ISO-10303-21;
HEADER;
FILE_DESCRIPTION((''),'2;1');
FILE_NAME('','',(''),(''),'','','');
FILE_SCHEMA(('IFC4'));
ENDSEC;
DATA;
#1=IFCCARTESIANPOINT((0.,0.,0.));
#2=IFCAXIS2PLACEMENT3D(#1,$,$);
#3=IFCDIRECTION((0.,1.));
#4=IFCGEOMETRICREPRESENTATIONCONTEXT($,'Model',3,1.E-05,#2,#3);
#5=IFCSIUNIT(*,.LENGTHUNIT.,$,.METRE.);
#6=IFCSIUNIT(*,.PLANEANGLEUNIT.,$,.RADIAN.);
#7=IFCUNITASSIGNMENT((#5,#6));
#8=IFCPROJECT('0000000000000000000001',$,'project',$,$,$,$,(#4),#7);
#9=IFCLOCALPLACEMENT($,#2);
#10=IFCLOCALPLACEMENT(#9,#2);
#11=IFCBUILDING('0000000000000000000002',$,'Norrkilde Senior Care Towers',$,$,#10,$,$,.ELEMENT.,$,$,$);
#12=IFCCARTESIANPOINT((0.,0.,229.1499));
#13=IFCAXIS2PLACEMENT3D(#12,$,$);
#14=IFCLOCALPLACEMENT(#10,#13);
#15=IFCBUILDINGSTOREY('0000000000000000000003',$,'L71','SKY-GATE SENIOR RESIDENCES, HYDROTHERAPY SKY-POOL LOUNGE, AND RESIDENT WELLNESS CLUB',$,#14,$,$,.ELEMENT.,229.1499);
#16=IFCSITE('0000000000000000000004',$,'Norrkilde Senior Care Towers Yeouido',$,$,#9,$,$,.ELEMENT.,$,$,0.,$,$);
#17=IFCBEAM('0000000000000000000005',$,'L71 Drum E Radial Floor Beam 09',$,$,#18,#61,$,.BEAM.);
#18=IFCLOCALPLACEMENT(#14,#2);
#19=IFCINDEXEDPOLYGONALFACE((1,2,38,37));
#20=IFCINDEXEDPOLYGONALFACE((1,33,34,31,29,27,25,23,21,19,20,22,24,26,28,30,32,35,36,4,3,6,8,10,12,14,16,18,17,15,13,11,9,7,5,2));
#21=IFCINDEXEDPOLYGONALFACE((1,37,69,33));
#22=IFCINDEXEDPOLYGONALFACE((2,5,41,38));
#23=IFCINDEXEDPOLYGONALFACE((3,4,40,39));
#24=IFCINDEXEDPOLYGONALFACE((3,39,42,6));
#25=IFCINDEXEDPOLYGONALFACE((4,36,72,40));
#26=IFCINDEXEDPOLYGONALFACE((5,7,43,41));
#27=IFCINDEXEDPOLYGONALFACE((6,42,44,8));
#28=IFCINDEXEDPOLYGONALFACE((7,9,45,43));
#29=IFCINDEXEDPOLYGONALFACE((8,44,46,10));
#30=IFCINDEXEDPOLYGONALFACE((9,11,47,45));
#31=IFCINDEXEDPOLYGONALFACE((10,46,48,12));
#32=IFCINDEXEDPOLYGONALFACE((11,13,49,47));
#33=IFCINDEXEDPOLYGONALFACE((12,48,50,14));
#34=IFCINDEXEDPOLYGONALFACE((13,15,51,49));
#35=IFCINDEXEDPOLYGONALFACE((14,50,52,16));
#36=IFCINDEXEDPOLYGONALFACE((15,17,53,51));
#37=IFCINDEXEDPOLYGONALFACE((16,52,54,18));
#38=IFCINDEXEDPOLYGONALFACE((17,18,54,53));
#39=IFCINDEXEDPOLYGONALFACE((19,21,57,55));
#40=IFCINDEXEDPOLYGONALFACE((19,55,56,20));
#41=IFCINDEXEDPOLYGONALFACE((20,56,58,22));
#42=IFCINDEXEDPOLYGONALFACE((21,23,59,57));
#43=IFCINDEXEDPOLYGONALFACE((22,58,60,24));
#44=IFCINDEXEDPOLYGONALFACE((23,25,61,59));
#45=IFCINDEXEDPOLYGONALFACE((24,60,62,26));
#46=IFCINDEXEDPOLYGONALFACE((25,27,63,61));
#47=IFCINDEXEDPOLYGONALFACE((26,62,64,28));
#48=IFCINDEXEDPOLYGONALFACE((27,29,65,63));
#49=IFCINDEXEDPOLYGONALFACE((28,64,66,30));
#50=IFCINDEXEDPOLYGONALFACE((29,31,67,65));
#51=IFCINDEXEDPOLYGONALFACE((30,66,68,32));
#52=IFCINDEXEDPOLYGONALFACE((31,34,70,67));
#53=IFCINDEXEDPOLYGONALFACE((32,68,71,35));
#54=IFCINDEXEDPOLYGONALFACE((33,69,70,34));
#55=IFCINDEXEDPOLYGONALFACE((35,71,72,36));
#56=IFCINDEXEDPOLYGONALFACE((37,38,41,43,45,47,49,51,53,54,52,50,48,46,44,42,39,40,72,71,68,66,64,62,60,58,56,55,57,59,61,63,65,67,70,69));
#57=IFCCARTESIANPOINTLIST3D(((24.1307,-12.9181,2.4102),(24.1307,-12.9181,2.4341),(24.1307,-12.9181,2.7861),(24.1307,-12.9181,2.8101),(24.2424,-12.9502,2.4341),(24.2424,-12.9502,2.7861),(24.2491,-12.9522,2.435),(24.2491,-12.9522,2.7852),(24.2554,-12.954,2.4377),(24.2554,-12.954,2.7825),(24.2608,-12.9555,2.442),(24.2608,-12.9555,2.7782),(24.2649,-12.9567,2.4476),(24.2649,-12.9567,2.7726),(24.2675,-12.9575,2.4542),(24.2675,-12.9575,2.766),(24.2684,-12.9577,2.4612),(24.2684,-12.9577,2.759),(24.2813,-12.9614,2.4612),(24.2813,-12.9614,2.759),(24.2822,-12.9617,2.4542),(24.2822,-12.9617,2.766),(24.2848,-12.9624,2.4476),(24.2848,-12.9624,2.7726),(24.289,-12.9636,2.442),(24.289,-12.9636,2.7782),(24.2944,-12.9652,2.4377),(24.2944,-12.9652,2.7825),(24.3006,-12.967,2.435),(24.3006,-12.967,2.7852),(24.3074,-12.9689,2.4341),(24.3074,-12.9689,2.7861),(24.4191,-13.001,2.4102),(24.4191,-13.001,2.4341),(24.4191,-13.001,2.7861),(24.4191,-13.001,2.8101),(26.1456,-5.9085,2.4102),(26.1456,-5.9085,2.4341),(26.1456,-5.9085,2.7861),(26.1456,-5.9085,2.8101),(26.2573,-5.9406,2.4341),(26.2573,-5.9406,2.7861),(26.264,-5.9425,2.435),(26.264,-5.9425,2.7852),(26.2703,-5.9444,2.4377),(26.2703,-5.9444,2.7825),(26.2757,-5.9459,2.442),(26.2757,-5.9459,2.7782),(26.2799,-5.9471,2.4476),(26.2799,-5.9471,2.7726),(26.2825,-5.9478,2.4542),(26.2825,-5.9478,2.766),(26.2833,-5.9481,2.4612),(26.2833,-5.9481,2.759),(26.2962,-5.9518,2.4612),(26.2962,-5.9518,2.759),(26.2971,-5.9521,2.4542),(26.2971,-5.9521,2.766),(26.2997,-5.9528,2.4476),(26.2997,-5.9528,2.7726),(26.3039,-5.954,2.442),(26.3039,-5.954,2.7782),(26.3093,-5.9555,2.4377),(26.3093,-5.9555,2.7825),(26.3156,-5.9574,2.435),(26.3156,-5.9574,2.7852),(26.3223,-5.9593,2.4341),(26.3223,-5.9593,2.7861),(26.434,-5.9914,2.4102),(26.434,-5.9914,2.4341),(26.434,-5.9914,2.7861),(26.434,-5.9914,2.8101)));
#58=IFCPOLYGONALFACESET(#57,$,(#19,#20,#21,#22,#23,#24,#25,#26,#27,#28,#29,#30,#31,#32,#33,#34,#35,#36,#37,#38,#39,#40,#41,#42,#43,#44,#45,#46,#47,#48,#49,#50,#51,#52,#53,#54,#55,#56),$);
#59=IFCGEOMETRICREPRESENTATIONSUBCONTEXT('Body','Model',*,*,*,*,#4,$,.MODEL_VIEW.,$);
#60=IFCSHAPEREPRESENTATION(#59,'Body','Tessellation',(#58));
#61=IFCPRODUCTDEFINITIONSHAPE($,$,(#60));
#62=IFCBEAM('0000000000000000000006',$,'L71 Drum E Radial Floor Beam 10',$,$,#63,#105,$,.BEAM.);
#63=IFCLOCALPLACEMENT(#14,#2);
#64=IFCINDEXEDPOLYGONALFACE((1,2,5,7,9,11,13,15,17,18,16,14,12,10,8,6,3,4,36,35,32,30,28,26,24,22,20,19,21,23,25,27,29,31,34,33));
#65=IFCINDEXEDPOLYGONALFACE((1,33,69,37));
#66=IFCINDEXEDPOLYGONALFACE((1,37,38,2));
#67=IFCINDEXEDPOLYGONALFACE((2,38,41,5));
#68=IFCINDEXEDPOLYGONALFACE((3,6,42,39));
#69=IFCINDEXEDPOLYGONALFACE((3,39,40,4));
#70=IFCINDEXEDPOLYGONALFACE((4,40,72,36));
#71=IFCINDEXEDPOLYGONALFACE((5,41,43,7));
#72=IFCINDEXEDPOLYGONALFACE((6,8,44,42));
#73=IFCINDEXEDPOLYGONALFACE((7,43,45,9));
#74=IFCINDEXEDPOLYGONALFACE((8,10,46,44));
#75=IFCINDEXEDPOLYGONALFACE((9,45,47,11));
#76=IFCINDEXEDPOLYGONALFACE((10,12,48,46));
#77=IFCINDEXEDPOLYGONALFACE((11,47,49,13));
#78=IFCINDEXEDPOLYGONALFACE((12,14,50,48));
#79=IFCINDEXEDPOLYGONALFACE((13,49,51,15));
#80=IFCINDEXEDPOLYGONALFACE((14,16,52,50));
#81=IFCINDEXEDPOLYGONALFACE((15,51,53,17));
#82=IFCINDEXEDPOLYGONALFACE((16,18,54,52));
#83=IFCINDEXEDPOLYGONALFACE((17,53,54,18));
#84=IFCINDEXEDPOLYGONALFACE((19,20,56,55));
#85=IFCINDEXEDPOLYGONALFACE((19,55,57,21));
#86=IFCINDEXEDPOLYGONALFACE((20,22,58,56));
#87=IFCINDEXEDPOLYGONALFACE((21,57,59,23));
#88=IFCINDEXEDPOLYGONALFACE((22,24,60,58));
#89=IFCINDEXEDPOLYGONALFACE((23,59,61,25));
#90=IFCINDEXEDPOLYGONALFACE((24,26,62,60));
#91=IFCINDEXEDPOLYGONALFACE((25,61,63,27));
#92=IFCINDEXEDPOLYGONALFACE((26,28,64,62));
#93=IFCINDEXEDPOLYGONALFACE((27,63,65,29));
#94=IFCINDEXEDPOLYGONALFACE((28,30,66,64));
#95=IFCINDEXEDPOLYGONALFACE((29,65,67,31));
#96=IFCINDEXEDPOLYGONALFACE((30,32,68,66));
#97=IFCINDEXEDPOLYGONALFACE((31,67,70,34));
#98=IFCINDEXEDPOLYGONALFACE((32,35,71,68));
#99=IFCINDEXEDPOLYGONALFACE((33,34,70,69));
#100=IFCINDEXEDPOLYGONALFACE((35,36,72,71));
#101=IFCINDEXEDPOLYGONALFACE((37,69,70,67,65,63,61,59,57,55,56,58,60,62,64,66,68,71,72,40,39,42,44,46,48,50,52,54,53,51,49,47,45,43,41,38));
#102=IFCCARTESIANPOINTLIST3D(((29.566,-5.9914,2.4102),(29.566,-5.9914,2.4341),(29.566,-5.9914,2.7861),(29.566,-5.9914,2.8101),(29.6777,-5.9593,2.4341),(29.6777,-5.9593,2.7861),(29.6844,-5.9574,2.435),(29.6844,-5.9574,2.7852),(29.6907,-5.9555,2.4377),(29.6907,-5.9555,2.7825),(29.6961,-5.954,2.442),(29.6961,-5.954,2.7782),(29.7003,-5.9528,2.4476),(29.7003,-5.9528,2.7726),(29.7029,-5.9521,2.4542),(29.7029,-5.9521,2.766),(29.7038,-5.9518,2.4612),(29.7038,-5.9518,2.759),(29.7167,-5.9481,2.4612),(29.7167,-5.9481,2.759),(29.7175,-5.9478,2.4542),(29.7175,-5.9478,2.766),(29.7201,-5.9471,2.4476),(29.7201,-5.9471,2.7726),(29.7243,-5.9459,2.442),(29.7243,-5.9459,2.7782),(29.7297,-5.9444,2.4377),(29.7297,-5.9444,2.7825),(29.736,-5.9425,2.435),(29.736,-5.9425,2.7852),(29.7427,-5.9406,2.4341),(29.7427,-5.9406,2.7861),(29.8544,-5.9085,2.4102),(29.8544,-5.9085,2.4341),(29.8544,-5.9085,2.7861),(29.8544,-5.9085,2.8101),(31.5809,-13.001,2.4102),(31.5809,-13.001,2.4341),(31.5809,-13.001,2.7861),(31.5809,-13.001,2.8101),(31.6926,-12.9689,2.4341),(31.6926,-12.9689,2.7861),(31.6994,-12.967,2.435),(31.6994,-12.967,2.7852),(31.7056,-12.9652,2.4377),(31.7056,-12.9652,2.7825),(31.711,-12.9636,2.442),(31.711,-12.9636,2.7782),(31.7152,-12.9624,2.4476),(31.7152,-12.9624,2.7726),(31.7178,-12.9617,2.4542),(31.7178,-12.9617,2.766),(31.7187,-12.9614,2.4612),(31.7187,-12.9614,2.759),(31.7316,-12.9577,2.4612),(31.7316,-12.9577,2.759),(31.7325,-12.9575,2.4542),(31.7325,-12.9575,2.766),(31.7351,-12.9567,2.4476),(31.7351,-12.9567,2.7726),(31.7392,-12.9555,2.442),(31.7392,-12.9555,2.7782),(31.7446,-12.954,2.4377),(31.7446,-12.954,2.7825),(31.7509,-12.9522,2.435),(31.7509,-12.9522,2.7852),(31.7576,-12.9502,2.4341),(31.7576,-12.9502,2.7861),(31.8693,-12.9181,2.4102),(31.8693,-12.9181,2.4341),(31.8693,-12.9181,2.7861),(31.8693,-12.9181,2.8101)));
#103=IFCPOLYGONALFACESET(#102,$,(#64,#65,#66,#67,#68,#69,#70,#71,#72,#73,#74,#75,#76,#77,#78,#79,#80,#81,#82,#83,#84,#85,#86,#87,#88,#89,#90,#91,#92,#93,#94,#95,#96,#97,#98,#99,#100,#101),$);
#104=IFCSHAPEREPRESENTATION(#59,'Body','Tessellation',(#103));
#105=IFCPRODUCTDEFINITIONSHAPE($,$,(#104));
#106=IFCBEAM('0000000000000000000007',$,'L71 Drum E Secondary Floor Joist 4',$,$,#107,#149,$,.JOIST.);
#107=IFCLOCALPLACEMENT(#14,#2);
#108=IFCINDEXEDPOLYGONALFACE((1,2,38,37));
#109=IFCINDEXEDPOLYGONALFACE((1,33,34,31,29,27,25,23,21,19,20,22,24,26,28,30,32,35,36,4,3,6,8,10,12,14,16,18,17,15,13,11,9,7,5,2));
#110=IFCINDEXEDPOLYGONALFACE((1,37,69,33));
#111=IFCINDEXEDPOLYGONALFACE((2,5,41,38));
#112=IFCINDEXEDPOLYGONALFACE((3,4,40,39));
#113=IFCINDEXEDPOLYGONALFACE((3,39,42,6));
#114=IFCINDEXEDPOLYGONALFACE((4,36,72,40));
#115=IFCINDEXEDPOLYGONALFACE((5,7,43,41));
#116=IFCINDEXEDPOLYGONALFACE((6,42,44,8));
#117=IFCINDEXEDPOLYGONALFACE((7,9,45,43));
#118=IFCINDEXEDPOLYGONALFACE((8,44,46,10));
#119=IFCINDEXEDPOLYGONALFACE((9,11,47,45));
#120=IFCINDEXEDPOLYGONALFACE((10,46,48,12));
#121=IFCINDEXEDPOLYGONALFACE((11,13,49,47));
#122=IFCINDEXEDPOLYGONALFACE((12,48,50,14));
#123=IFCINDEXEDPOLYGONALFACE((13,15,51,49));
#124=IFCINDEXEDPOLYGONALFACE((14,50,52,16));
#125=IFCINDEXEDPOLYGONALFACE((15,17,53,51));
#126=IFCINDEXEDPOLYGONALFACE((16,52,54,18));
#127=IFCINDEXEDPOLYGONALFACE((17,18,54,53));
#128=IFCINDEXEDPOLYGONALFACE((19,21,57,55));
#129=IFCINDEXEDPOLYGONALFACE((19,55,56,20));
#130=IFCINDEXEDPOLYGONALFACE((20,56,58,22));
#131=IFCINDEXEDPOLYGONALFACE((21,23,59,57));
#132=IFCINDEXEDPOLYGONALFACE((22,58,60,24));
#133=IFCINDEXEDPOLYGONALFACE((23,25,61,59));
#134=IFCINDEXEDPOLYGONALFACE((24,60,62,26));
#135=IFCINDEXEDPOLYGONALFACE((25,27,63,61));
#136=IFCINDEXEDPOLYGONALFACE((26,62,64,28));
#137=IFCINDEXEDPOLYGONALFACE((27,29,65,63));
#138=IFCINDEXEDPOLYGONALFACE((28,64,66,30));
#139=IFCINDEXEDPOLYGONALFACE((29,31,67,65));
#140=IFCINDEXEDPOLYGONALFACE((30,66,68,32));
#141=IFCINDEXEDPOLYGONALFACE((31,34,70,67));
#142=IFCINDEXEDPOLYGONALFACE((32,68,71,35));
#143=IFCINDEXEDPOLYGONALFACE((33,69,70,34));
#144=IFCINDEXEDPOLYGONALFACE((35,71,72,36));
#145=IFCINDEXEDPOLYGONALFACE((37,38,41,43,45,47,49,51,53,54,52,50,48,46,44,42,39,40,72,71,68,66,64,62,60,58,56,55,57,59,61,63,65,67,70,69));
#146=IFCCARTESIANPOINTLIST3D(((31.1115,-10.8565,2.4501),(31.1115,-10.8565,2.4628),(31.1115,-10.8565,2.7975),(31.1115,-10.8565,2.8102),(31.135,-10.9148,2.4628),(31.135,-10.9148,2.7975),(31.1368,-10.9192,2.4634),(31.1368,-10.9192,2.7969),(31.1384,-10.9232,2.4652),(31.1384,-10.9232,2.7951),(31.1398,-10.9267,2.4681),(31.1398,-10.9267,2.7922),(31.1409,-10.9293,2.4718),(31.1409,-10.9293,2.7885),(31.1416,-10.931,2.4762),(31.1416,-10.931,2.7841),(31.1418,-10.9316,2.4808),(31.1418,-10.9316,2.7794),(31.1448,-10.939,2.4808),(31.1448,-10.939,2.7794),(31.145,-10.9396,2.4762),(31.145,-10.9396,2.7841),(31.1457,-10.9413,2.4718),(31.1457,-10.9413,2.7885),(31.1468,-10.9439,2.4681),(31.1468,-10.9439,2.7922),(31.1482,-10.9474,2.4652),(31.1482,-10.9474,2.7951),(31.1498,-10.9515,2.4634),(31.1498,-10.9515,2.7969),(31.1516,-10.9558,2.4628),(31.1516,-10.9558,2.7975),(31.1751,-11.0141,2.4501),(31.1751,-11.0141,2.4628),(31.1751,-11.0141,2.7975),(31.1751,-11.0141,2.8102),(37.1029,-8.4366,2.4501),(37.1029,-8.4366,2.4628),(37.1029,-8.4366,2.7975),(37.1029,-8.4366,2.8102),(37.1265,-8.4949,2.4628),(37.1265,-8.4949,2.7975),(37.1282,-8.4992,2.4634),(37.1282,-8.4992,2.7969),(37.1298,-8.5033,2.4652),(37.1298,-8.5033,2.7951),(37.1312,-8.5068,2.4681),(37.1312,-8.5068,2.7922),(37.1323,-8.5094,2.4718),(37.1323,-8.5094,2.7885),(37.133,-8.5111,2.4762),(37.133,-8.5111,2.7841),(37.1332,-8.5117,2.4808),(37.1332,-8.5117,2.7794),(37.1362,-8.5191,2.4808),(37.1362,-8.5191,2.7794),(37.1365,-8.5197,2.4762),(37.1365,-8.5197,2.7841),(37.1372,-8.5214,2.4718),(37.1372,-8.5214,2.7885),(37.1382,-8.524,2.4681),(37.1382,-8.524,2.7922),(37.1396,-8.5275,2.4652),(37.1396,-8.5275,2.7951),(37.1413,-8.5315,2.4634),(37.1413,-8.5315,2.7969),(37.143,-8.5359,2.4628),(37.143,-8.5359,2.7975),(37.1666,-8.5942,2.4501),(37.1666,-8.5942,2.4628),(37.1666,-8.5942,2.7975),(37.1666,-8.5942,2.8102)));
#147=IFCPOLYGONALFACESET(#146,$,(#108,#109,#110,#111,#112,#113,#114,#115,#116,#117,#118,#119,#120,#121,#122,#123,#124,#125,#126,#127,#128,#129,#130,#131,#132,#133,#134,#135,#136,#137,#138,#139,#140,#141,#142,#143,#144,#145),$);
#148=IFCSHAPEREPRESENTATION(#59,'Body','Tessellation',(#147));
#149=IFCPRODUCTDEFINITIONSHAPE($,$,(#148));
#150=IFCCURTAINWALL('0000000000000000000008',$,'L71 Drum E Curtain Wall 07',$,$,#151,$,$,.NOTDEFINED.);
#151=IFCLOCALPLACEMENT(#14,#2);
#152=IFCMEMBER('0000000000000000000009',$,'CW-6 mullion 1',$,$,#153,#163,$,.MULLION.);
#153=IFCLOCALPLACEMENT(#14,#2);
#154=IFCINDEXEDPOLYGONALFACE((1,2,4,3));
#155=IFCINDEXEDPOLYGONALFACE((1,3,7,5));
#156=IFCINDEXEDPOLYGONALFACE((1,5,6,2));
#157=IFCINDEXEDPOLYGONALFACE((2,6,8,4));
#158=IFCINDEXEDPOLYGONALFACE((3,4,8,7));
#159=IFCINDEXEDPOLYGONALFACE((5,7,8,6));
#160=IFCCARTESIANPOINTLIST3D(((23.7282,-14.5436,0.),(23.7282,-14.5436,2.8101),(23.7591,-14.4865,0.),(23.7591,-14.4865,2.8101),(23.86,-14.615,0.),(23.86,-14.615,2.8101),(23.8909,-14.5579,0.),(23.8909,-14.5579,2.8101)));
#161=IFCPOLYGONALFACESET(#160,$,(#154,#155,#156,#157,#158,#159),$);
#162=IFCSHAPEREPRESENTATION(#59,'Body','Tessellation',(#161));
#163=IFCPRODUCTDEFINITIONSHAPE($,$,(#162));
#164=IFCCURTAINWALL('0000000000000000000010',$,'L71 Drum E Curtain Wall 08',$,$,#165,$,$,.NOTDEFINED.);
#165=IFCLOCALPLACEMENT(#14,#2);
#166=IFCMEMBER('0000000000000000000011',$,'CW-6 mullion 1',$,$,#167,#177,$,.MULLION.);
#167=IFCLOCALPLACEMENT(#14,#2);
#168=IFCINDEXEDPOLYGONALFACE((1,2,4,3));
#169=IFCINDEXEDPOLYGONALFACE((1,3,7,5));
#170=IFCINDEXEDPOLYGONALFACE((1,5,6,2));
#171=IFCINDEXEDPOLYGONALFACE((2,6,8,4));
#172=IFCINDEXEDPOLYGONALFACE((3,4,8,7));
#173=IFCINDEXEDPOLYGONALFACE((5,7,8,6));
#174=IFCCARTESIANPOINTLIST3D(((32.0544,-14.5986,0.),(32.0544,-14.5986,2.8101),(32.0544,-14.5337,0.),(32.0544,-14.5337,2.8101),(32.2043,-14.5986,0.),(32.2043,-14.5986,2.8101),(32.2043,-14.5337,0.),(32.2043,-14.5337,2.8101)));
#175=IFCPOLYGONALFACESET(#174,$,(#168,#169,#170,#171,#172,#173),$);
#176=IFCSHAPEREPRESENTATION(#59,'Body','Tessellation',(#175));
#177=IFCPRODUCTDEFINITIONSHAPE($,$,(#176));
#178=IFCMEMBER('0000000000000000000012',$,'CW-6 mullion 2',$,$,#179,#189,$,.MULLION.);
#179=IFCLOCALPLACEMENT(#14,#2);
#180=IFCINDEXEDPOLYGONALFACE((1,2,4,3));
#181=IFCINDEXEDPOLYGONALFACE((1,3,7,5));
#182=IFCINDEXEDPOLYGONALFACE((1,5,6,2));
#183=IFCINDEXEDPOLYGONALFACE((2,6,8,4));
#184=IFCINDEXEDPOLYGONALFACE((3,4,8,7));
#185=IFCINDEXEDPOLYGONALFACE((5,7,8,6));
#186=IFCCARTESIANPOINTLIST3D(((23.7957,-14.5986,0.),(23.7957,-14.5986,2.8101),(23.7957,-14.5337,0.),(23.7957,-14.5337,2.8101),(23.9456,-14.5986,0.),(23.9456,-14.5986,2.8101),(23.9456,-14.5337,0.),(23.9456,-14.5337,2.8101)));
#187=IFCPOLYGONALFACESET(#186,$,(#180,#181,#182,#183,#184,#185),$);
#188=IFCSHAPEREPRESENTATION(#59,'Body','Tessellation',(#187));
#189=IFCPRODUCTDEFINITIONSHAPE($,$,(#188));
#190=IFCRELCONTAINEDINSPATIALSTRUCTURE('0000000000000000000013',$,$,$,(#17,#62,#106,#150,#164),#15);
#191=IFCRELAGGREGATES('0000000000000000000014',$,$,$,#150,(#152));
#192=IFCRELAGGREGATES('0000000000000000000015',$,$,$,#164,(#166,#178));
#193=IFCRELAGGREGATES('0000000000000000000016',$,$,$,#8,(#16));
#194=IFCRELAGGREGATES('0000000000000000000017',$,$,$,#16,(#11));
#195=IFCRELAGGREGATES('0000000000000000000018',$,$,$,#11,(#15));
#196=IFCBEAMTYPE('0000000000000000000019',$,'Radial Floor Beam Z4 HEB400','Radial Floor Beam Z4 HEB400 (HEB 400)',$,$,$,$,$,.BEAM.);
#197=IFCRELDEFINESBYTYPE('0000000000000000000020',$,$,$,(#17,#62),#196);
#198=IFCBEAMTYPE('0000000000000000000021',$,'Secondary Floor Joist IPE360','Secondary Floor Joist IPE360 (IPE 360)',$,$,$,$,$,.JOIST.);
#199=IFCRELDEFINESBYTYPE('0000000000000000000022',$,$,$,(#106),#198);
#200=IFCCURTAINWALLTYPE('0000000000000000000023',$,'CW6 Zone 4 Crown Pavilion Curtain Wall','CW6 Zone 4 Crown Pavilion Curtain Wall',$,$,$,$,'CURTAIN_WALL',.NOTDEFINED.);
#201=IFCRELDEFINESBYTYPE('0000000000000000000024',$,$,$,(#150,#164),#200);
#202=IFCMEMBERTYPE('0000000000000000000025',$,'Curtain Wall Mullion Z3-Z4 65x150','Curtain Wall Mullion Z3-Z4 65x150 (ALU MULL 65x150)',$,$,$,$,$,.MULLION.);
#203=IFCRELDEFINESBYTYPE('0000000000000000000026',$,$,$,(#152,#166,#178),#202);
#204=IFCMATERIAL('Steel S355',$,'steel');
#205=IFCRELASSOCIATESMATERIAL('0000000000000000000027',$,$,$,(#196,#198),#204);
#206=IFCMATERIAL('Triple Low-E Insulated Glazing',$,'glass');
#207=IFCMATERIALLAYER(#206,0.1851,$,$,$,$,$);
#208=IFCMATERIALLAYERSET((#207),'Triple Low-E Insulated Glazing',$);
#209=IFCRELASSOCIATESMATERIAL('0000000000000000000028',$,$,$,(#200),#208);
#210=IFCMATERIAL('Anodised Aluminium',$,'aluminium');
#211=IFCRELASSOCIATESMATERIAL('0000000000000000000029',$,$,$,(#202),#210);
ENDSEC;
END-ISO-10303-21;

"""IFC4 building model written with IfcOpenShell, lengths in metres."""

from ifc_helpers import new_model, si_unit, direction, frame, origin, origin_2d, place, context, subcontext, project, spatial, rectangle, i_section, extrude, source, transform, mapped, material, layer, layer_set, material_profile, profile_set, type_object, type_shapes, element, aggregate, save


model = new_model("IFC4")

# Units and contexts
model_context = context("Model", 3, precision=1e-05, world=origin(), true_north=direction((0.0, 1.0)))
body_context = subcontext(model_context, "Body", "Model", "MODEL_VIEW")
ifc_project = project(units=[si_unit("LENGTHUNIT", "METRE"), si_unit("PLANEANGLEUNIT", "RADIAN")], contexts=[model_context])

# Site, building, storey
site_placement = place(None, origin())
site = spatial("IfcSite", under=ifc_project, at=site_placement, Name="Norrkilde Senior Care Towers Yeouido", CompositionType="ELEMENT", RefElevation=0.0)
building_placement = place(site_placement, origin())
building = spatial("IfcBuilding", under=site, at=building_placement, Name="Norrkilde Senior Care Towers", CompositionType="ELEMENT")
storey_placement = place(building_placement, frame((0.0, 0.0, 229.1499)))
storey = spatial("IfcBuildingStorey", under=building, at=storey_placement, Name="L71", Description="SKY-GATE SENIOR RESIDENCES, HYDROTHERAPY SKY-POOL LOUNGE, AND RESIDENT WELLNESS CLUB", CompositionType="ELEMENT", Elevation=229.1499)

# Beams
ifc_material_1 = material(Name="Steel S355", Category="steel")
ifc_material_profile_1 = material_profile(ifc_material_1, i_section(OverallWidth=0.3, OverallDepth=0.3999, WebThickness=0.0134, FlangeThickness=0.0239, FilletRadius=0.0271, at=origin_2d()), Name="HEB 400")
ifc_profile_set_1 = profile_set([ifc_material_profile_1], Name="Steel S355")
beam_type_1 = type_object("IfcBeamType", Name="Radial Floor Beam Z4 HEB400", Description="Radial Floor Beam Z4 HEB400 (HEB 400)", PredefinedType="BEAM", material=ifc_profile_set_1)
shared_shape_1 = source(origin(), body_context, "Body", "SweptSolid", [
    extrude(i_section(OverallWidth=0.3, OverallDepth=0.3999, WebThickness=0.0134, FlangeThickness=0.0239, FilletRadius=0.0271, at=origin_2d()), origin(), (0.0, 0.0, 1.0), 7.2935),
])
type_shapes(beam_type_1, [shared_shape_1])
for number, where, z_axis, x_axis, name in (
    (1, (26.2898, -5.95, 2.6101), (-0.276264, -0.961082, 0.0), (0.961082, -0.276264, 0.0), "L71 Drum E Radial Floor Beam 09"),
    (2, (29.7102, -5.95, 2.6101), (0.276264, -0.961082, 0.0), (0.961082, 0.276264, 0.0), "L71 Drum E Radial Floor Beam 10"),
):
    element("IfcBeam", number, at=place(storey_placement, frame(where, z_axis=z_axis, x_axis=x_axis)), inside=storey, type_object=beam_type_1, Name=name, PredefinedType="BEAM", context=body_context, shape_type="MappedRepresentation", body=[
        mapped(shared_shape_1, transform((0.0, 0.0, 0.0), x_axis=(1.0, 0.0, 0.0), y_axis=(0.0, 1.0, 0.0), z_axis=(0.0, 0.0, 1.0), scale=1.0)),
    ])
ifc_material_profile_2 = material_profile(ifc_material_1, i_section(OverallWidth=0.1699, OverallDepth=0.3601, WebThickness=0.0081, FlangeThickness=0.0127, FilletRadius=0.0181, at=origin_2d()), Name="IPE 360")
ifc_profile_set_2 = profile_set([ifc_material_profile_2], Name="Steel S355")
beam_type_2 = type_object("IfcBeamType", Name="Secondary Floor Joist IPE360", Description="Secondary Floor Joist IPE360 (IPE 360)", PredefinedType="JOIST", material=ifc_profile_set_2)
shared_shape_2 = source(origin(), body_context, "Body", "SweptSolid", [
    extrude(i_section(OverallWidth=0.1699, OverallDepth=0.3601, WebThickness=0.0081, FlangeThickness=0.0127, FilletRadius=0.0181, at=origin_2d()), origin(), (0.0, 0.0, 1.0), 6.4617),
])
type_shapes(beam_type_2, [shared_shape_2])
beam_1_placement = place(storey_placement, frame((31.1433, -10.9353, 2.6301), z_axis=(0.927226, 0.374502, 0.0), x_axis=(-0.374502, 0.927226, 0.0)))
element("IfcBeam", 3, at=beam_1_placement, inside=storey, type_object=beam_type_2, Name="L71 Drum E Secondary Floor Joist 4", PredefinedType="JOIST", context=body_context, shape_type="MappedRepresentation", body=[
    mapped(shared_shape_2, transform((0.0, 0.0, 0.0), x_axis=(1.0, 0.0, 0.0), y_axis=(0.0, 1.0, 0.0), z_axis=(0.0, 0.0, 1.0), scale=1.0)),
])

# Curtain wall, member
ifc_material_2 = material(Name="Triple Low-E Insulated Glazing", Category="glass")
ifc_layer_1 = layer(ifc_material_2, 0.1851)
ifc_layer_set_1 = layer_set([ifc_layer_1], Name="Triple Low-E Insulated Glazing")
curtain_wall_type = type_object("IfcCurtainWallType", Name="CW6 Zone 4 Crown Pavilion Curtain Wall", Description="CW6 Zone 4 Crown Pavilion Curtain Wall", ElementType="CURTAIN_WALL", PredefinedType="NOTDEFINED", material=ifc_layer_set_1)
curtain_wall_1_placement = place(storey_placement, origin())
curtain_wall_1 = element("IfcCurtainWall", 4, at=curtain_wall_1_placement, inside=storey, type_object=curtain_wall_type, Name="L71 Drum E Curtain Wall 07", PredefinedType="NOTDEFINED")
ifc_material_3 = material(Name="Anodised Aluminium", Category="aluminium")
ifc_material_profile_3 = material_profile(ifc_material_3, rectangle(XDim=0.0649, YDim=0.1499, at=origin_2d()), Name="ALU MULL 65x150")
ifc_profile_set_3 = profile_set([ifc_material_profile_3], Name="Anodised Aluminium")
member_type_1 = type_object("IfcMemberType", Name="Curtain Wall Mullion Z3-Z4 65x150", Description="Curtain Wall Mullion Z3-Z4 65x150 (ALU MULL 65x150)", PredefinedType="MULLION", material=ifc_profile_set_3)
shared_shape_3 = source(origin(), body_context, "Body", "SweptSolid", [
    extrude(rectangle(XDim=0.0649, YDim=0.1499, at=origin_2d()), origin(), (0.0, 0.0, 1.0), 2.8101),
])
type_shapes(member_type_1, [shared_shape_3])
member_1_placement = place(storey_placement, frame((23.8096, -14.5508, 0.0), z_axis=(0.0, 0.0, 1.0), x_axis=(-0.476133, -0.879373, 0.0)))
member_1 = element("IfcMember", 5, at=member_1_placement, type_object=member_type_1, Name="CW-6 mullion 1", PredefinedType="MULLION", context=body_context, shape_type="MappedRepresentation", body=[
    mapped(shared_shape_3, transform((0.0, 0.0, 0.0), x_axis=(1.0, 0.0, 0.0), y_axis=(0.0, 1.0, 0.0), z_axis=(0.0, 0.0, 1.0), scale=1.0)),
])
aggregate(curtain_wall_1, [member_1])

# Curtain wall, members
curtain_wall_2_placement = place(storey_placement, origin())
curtain_wall_2 = element("IfcCurtainWall", 6, at=curtain_wall_2_placement, inside=storey, type_object=curtain_wall_type, Name="L71 Drum E Curtain Wall 08", PredefinedType="NOTDEFINED")
member_2_placement = place(storey_placement, frame((32.1294, -14.5662, 0.0), z_axis=(0.0, 0.0, 1.0), x_axis=(0.0, -1.0, 0.0)))
member_2 = element("IfcMember", 7, at=member_2_placement, type_object=member_type_1, Name="CW-6 mullion 1", PredefinedType="MULLION", context=body_context, shape_type="MappedRepresentation", body=[
    mapped(shared_shape_3, transform((0.0, 0.0, 0.0), x_axis=(1.0, 0.0, 0.0), y_axis=(0.0, 1.0, 0.0), z_axis=(0.0, 0.0, 1.0), scale=1.0)),
])
member_3_placement = place(storey_placement, frame((23.8706, -14.5662, 0.0), z_axis=(0.0, 0.0, 1.0), x_axis=(0.0, -1.0, 0.0)))
member_3 = element("IfcMember", 8, at=member_3_placement, type_object=member_type_1, Name="CW-6 mullion 2", PredefinedType="MULLION", context=body_context, shape_type="MappedRepresentation", body=[
    mapped(shared_shape_3, transform((0.0, 0.0, 0.0), x_axis=(1.0, 0.0, 0.0), y_axis=(0.0, 1.0, 0.0), z_axis=(0.0, 0.0, 1.0), scale=1.0)),
])

aggregate(curtain_wall_2, [member_2, member_3])

save(model, "model.ifc")
